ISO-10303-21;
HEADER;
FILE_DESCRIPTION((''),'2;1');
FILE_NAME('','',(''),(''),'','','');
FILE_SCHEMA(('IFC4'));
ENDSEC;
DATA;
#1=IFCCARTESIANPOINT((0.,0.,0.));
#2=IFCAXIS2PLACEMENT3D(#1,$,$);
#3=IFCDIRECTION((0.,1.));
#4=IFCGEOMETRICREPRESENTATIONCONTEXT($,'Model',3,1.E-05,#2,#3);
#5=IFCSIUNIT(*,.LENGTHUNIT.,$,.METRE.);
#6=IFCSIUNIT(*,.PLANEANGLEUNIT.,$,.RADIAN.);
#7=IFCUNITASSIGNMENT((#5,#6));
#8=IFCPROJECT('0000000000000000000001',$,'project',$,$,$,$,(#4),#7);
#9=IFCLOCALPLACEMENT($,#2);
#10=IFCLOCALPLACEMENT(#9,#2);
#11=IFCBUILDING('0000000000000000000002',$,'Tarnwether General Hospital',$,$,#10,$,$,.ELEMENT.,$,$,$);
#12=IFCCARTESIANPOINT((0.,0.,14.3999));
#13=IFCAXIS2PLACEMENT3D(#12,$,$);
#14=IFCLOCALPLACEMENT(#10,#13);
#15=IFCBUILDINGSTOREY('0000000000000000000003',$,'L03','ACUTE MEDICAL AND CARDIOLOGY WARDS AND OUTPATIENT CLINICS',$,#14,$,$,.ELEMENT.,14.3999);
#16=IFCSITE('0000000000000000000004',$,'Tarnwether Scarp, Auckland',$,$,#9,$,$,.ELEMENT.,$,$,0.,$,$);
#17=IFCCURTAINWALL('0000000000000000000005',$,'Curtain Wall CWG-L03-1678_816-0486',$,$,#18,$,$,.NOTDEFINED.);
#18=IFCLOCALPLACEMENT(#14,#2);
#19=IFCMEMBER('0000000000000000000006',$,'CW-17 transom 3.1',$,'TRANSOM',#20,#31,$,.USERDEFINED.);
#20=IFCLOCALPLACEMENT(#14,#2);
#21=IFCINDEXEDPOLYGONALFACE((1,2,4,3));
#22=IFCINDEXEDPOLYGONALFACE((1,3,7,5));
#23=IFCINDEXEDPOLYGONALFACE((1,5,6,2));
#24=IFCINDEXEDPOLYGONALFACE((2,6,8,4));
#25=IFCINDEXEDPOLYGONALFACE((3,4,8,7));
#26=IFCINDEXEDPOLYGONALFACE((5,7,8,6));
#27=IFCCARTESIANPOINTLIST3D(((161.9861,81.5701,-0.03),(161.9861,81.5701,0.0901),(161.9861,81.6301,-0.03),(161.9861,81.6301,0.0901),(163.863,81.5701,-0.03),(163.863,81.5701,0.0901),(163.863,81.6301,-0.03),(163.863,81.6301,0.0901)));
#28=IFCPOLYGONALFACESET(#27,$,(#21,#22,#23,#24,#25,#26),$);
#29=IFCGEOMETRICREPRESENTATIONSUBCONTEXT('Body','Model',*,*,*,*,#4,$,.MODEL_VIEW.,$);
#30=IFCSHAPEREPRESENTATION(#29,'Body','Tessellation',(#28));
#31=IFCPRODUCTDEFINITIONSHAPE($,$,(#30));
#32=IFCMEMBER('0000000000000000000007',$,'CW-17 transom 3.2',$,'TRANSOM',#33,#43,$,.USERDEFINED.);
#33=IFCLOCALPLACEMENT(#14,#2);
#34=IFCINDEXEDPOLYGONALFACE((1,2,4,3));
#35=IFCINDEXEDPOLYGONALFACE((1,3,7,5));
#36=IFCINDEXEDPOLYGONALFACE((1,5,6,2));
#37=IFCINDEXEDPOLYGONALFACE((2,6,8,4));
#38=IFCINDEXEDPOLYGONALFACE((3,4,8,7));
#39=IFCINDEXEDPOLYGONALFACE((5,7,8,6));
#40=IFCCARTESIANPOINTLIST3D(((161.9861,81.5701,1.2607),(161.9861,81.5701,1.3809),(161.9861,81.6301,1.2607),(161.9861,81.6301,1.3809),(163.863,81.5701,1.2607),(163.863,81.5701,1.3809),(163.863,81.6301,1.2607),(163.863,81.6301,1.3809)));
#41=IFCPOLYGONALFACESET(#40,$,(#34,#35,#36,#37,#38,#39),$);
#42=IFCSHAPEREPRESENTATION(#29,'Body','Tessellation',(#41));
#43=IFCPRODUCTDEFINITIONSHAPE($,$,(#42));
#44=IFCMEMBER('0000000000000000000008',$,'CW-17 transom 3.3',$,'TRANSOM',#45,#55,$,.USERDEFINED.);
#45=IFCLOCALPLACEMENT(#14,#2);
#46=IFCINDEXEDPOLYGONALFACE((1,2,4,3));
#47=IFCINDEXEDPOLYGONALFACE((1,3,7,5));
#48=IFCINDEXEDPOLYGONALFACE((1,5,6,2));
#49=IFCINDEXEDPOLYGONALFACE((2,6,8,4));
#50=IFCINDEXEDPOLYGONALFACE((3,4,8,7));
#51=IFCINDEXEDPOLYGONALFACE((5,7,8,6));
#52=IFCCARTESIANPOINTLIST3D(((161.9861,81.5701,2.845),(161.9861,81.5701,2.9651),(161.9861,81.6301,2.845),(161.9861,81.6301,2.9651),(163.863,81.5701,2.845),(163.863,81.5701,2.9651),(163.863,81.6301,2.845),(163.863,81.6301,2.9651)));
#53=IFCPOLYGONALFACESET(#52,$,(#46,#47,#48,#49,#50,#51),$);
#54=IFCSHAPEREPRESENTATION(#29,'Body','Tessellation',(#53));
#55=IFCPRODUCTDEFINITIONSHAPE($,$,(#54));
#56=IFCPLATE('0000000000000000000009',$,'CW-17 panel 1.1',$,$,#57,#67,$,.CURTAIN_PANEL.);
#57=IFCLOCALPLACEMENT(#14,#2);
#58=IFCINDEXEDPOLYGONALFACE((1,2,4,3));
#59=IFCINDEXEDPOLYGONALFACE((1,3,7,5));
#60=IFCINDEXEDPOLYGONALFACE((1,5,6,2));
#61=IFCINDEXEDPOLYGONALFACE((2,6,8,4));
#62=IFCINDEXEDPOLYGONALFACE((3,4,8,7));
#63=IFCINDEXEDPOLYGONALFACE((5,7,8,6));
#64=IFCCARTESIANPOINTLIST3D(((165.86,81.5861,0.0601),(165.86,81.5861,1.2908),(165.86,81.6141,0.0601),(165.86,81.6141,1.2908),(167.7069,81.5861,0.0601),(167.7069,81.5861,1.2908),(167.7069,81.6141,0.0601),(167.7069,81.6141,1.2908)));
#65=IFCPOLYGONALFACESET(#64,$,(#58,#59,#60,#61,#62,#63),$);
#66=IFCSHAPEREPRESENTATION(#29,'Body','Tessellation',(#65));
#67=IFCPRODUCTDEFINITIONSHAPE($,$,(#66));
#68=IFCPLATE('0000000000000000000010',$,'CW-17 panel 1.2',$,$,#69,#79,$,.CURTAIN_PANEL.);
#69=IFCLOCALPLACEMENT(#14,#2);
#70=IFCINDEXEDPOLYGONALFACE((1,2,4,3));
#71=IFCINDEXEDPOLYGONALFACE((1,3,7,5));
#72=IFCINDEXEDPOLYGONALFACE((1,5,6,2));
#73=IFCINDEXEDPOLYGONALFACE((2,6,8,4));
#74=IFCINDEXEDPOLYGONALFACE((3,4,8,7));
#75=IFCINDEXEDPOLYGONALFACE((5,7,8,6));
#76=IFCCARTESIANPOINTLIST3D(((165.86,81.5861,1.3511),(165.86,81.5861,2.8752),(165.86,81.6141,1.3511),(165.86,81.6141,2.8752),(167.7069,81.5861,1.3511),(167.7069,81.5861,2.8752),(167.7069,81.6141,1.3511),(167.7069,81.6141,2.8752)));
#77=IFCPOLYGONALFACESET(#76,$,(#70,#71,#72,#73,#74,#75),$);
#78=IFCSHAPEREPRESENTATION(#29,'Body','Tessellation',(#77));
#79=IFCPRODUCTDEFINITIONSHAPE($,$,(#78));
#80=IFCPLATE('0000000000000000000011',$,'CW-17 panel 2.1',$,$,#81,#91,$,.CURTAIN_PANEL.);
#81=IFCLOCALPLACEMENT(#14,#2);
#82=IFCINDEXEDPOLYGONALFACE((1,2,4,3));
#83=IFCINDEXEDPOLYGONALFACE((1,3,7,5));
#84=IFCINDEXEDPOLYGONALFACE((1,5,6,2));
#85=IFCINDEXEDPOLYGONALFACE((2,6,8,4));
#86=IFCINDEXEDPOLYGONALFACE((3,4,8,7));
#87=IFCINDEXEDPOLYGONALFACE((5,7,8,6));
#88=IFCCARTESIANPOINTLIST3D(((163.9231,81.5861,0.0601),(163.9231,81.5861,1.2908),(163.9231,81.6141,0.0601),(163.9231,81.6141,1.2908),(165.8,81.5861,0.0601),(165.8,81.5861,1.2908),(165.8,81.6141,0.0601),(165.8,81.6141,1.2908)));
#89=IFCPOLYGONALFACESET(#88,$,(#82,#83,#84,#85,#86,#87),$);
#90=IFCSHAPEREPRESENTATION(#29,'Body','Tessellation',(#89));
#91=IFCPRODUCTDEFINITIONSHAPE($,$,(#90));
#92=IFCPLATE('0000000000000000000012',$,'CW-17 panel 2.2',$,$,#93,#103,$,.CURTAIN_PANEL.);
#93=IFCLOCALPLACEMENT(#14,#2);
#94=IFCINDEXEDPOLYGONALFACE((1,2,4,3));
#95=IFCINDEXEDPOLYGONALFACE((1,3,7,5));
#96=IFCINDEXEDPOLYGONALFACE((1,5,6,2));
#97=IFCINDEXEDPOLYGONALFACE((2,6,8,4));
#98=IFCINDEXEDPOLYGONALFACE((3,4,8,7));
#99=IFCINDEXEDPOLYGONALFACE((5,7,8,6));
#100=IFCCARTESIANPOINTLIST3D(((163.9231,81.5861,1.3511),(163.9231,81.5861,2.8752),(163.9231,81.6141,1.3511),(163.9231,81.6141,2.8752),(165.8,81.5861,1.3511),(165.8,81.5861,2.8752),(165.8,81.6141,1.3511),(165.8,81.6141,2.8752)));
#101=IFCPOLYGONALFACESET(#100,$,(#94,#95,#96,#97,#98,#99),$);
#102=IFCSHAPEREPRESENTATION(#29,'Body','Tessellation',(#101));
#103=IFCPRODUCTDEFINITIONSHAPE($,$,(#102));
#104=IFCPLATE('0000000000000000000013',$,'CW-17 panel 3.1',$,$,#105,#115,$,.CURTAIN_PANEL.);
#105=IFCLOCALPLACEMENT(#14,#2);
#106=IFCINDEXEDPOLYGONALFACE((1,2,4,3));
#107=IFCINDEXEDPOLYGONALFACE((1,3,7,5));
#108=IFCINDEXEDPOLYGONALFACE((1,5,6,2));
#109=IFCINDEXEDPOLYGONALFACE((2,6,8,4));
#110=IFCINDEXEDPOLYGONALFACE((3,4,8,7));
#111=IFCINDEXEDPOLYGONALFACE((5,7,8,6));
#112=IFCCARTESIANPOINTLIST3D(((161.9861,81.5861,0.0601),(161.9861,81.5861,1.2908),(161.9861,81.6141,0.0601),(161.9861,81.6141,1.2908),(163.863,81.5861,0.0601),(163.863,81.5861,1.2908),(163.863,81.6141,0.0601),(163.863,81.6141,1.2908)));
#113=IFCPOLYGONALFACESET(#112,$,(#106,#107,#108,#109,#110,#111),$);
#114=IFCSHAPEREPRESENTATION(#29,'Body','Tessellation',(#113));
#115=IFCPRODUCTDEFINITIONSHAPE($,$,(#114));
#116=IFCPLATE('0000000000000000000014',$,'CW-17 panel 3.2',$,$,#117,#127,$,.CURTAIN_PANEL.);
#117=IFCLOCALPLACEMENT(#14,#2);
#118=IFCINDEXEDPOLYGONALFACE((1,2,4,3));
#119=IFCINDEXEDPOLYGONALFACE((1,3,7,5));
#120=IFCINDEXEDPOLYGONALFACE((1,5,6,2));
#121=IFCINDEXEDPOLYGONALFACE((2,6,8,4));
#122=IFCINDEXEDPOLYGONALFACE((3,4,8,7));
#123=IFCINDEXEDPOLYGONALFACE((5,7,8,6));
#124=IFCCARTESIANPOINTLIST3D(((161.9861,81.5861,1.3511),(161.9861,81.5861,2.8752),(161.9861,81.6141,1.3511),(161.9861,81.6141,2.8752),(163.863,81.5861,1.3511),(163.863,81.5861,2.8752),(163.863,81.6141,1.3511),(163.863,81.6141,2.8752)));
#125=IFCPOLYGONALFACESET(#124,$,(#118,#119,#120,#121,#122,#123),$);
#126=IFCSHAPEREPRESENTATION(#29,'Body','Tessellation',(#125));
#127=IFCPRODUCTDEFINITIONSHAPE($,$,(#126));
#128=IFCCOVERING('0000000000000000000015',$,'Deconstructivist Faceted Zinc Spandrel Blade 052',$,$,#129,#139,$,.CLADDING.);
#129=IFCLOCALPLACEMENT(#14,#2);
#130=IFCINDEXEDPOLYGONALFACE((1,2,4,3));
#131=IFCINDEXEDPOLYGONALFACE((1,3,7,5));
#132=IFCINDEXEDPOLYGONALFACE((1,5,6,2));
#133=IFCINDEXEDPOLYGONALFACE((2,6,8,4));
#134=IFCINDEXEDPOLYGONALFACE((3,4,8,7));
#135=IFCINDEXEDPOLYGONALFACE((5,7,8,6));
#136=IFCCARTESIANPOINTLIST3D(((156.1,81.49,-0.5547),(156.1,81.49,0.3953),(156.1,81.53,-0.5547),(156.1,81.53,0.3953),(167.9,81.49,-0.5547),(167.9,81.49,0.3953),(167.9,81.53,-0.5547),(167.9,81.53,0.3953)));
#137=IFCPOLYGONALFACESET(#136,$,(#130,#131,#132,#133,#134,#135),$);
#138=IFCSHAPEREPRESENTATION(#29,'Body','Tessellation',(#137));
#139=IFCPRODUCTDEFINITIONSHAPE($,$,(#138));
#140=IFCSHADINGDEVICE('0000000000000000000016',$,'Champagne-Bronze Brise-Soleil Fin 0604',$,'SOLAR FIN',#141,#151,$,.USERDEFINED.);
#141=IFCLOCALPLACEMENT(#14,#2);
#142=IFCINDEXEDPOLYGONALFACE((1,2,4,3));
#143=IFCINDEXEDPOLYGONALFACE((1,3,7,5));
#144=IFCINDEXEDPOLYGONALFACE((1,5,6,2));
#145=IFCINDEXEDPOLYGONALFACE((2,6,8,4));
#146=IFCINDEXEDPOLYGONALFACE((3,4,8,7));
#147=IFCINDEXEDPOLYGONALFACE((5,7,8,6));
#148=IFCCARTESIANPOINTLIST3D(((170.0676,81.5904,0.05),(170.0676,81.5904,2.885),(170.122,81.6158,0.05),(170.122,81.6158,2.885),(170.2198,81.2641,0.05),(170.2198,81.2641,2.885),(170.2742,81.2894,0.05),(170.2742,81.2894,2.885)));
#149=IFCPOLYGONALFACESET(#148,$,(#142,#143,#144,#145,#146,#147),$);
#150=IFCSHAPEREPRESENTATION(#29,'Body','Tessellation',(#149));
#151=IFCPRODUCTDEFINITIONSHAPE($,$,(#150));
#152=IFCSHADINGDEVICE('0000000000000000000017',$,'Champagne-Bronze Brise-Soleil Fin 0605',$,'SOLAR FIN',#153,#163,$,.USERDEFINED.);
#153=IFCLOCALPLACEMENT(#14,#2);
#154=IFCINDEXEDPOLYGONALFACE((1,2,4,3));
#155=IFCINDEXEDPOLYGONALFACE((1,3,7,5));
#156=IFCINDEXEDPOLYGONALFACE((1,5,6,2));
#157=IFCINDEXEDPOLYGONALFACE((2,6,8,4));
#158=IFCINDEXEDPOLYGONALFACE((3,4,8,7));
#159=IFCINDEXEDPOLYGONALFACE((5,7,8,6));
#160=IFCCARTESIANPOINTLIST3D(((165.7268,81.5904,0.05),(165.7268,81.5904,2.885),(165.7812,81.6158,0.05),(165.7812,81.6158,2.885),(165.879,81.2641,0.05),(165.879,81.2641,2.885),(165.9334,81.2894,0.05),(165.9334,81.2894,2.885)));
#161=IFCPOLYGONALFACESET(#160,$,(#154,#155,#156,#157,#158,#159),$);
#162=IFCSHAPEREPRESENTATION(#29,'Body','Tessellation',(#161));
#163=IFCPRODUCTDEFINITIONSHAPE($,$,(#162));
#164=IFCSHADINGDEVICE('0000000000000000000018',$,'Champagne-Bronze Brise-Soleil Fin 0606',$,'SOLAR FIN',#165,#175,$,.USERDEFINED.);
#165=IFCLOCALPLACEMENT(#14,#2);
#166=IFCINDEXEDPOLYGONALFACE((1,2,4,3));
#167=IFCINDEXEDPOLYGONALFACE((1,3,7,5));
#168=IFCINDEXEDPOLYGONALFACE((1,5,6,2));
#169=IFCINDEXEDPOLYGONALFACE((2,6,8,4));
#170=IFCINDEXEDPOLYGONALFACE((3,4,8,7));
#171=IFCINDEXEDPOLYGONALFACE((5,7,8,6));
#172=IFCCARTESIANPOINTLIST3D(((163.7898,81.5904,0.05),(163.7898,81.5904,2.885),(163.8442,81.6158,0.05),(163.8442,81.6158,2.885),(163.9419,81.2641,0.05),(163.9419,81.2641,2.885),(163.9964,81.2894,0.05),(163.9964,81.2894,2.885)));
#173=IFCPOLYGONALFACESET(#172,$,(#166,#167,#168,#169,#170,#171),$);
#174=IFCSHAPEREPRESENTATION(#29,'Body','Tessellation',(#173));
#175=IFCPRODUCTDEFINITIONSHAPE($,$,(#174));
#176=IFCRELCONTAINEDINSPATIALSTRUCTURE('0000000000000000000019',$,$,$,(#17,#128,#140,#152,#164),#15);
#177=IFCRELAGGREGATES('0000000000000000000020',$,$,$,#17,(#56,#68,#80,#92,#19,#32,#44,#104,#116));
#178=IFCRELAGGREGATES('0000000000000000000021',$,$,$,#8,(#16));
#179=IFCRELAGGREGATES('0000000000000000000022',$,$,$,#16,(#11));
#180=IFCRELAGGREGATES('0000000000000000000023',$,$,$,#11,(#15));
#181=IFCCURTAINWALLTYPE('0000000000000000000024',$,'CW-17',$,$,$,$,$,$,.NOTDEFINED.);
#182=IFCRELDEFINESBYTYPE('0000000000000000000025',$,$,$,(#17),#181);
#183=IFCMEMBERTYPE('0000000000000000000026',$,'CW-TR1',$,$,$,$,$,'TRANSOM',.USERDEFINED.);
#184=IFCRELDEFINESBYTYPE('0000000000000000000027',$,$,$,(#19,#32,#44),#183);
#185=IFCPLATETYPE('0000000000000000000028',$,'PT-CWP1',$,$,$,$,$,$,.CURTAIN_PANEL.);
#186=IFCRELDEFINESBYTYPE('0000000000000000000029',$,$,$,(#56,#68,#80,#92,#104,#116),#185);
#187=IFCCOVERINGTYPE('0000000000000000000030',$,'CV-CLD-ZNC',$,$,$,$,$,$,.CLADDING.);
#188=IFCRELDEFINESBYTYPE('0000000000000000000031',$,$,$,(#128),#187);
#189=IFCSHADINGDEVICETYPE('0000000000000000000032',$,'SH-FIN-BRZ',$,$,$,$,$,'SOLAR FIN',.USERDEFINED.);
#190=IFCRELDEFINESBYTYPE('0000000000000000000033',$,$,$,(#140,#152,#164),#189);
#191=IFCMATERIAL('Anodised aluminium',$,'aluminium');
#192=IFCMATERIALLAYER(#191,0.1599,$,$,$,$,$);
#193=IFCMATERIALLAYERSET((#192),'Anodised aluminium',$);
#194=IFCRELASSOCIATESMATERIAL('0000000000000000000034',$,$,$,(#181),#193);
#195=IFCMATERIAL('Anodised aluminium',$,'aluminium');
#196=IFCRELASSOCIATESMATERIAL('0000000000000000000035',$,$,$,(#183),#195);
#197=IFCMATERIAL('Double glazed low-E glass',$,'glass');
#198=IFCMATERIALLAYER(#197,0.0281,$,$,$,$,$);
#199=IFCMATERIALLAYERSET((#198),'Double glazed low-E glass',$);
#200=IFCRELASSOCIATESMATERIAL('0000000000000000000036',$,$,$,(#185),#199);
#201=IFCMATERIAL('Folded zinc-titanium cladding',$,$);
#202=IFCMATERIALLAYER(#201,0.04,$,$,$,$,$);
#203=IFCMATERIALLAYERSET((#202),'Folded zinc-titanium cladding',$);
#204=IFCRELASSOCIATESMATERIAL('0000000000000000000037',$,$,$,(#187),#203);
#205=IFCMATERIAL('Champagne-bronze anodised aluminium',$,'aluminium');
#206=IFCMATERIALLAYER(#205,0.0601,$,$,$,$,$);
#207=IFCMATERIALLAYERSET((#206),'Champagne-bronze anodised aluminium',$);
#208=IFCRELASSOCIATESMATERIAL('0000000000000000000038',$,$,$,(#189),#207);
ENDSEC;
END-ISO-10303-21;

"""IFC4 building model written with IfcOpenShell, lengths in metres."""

from ifc_helpers import new_model, si_unit, direction, frame, origin, origin_2d, place, context, subcontext, project, spatial, rectangle, extrude, material, layer, layer_set, material_profile, profile_set, type_object, element, aggregate, save


model = new_model("IFC4")

# Units and contexts
model_context = context("Model", 3, precision=1e-05, world=origin(), true_north=direction((0.0, 1.0)))
body_context = subcontext(model_context, "Body", "Model", "MODEL_VIEW")
ifc_project = project(units=[si_unit("LENGTHUNIT", "METRE"), si_unit("PLANEANGLEUNIT", "RADIAN")], contexts=[model_context])

# Site, building, storey
site_placement = place(None, origin())
site = spatial("IfcSite", under=ifc_project, at=site_placement, Name="Tarnwether Scarp, Auckland", CompositionType="ELEMENT", RefElevation=0.0)
building_placement = place(site_placement, origin())
building = spatial("IfcBuilding", under=site, at=building_placement, Name="Tarnwether General Hospital", CompositionType="ELEMENT")
storey_placement = place(building_placement, frame((0.0, 0.0, 14.3999)))
storey = spatial("IfcBuildingStorey", under=building, at=storey_placement, Name="L03", Description="ACUTE MEDICAL AND CARDIOLOGY WARDS AND OUTPATIENT CLINICS", CompositionType="ELEMENT", Elevation=14.3999)

# Shared definitions
ifc_material_1 = material(Name="Anodised aluminium", Category="aluminium")
ifc_layer_1 = layer(ifc_material_1, 0.1599)
ifc_layer_set_1 = layer_set([ifc_layer_1], Name="Anodised aluminium")
curtain_wall_type = type_object("IfcCurtainWallType", Name="CW-17", PredefinedType="NOTDEFINED", material=ifc_layer_set_1)

# Curtain wall, members, plates
curtain_wall_1_placement = place(storey_placement, origin())
curtain_wall_1 = element("IfcCurtainWall", 1, at=curtain_wall_1_placement, inside=storey, type_object=curtain_wall_type, Name="Curtain Wall CWG-L03-1678_816-0486", PredefinedType="NOTDEFINED")
ifc_material_2 = material(Name="Anodised aluminium", Category="aluminium")
ifc_material_profile_1 = material_profile(ifc_material_2, rectangle(XDim=0.0601, YDim=0.1201, at=origin_2d()), Name="ALU-TRN-60x120")
ifc_profile_set_1 = profile_set([ifc_material_profile_1], Name="Anodised aluminium")
member_type_1 = type_object("IfcMemberType", Name="CW-TR1", ElementType="TRANSOM", PredefinedType="USERDEFINED", material=ifc_profile_set_1)
member_1_placement = place(storey_placement, frame((163.863, 81.6001, 0.03), z_axis=(-1.0, 0.0, 0.0), x_axis=(0.0, -1.0, 0.0)))
member_1 = element("IfcMember", 2, at=member_1_placement, type_object=member_type_1, Name="CW-17 transom 3.1", ObjectType="TRANSOM", PredefinedType="USERDEFINED", context=body_context, shape_type="SweptSolid", body=[
    extrude(rectangle(XDim=0.0601, YDim=0.1201, at=origin_2d()), origin(), (0.0, 0.0, 1.0), 1.877),
])
member_2_placement = place(storey_placement, frame((163.863, 81.6001, 1.3208), z_axis=(-1.0, 0.0, 0.0), x_axis=(0.0, -1.0, 0.0)))
member_2 = element("IfcMember", 3, at=member_2_placement, type_object=member_type_1, Name="CW-17 transom 3.2", ObjectType="TRANSOM", PredefinedType="USERDEFINED", context=body_context, shape_type="SweptSolid", body=[
    extrude(rectangle(XDim=0.0601, YDim=0.1201, at=origin_2d()), origin(), (0.0, 0.0, 1.0), 1.877),
])
member_3_placement = place(storey_placement, frame((163.863, 81.6001, 2.905), z_axis=(-1.0, 0.0, 0.0), x_axis=(0.0, -1.0, 0.0)))
member_3 = element("IfcMember", 4, at=member_3_placement, type_object=member_type_1, Name="CW-17 transom 3.3", ObjectType="TRANSOM", PredefinedType="USERDEFINED", context=body_context, shape_type="SweptSolid", body=[
    extrude(rectangle(XDim=0.0601, YDim=0.1201, at=origin_2d()), origin(), (0.0, 0.0, 1.0), 1.877),
])
ifc_material_3 = material(Name="Double glazed low-E glass", Category="glass")
ifc_layer_2 = layer(ifc_material_3, 0.0281)
ifc_layer_set_2 = layer_set([ifc_layer_2], Name="Double glazed low-E glass")
plate_type = type_object("IfcPlateType", Name="PT-CWP1", PredefinedType="CURTAIN_PANEL", material=ifc_layer_set_2)
plate_1_placement = place(storey_placement, frame((166.7834, 81.6001, 0.0601), z_axis=(0.0, 0.0, 1.0), x_axis=(-1.0, 0.0, 0.0)))
plate_1 = element("IfcPlate", 5, at=plate_1_placement, type_object=plate_type, Name="CW-17 panel 1.1", PredefinedType="CURTAIN_PANEL", context=body_context, shape_type="SweptSolid", body=[
    extrude(rectangle(XDim=1.8469, YDim=0.0281, at=origin_2d()), origin(), (0.0, 0.0, 1.0), 1.2307),
])
plate_2_placement = place(storey_placement, frame((166.7834, 81.6001, 1.3511), z_axis=(0.0, 0.0, 1.0), x_axis=(-1.0, 0.0, 0.0)))
plate_2 = element("IfcPlate", 6, at=plate_2_placement, type_object=plate_type, Name="CW-17 panel 1.2", PredefinedType="CURTAIN_PANEL", context=body_context, shape_type="SweptSolid", body=[
    extrude(rectangle(XDim=1.8469, YDim=0.0281, at=origin_2d()), origin(), (0.0, 0.0, 1.0), 1.5242),
])
plate_3_placement = place(storey_placement, frame((164.8616, 81.6001, 0.0601), z_axis=(0.0, 0.0, 1.0), x_axis=(-1.0, 0.0, 0.0)))
plate_3 = element("IfcPlate", 7, at=plate_3_placement, type_object=plate_type, Name="CW-17 panel 2.1", PredefinedType="CURTAIN_PANEL", context=body_context, shape_type="SweptSolid", body=[
    extrude(rectangle(XDim=1.877, YDim=0.0281, at=origin_2d()), origin(), (0.0, 0.0, 1.0), 1.2307),
])
plate_4_placement = place(storey_placement, frame((164.8616, 81.6001, 1.3511), z_axis=(0.0, 0.0, 1.0), x_axis=(-1.0, 0.0, 0.0)))
plate_4 = element("IfcPlate", 8, at=plate_4_placement, type_object=plate_type, Name="CW-17 panel 2.2", PredefinedType="CURTAIN_PANEL", context=body_context, shape_type="SweptSolid", body=[
    extrude(rectangle(XDim=1.877, YDim=0.0281, at=origin_2d()), origin(), (0.0, 0.0, 1.0), 1.5242),
])
plate_5_placement = place(storey_placement, frame((162.9246, 81.6001, 0.0601), z_axis=(0.0, 0.0, 1.0), x_axis=(-1.0, 0.0, 0.0)))
plate_5 = element("IfcPlate", 9, at=plate_5_placement, type_object=plate_type, Name="CW-17 panel 3.1", PredefinedType="CURTAIN_PANEL", context=body_context, shape_type="SweptSolid", body=[
    extrude(rectangle(XDim=1.877, YDim=0.0281, at=origin_2d()), origin(), (0.0, 0.0, 1.0), 1.2307),
])
plate_6_placement = place(storey_placement, frame((162.9246, 81.6001, 1.3511), z_axis=(0.0, 0.0, 1.0), x_axis=(-1.0, 0.0, 0.0)))
plate_6 = element("IfcPlate", 10, at=plate_6_placement, type_object=plate_type, Name="CW-17 panel 3.2", PredefinedType="CURTAIN_PANEL", context=body_context, shape_type="SweptSolid", body=[
    extrude(rectangle(XDim=1.877, YDim=0.0281, at=origin_2d()), origin(), (0.0, 0.0, 1.0), 1.5242),
])
aggregate(curtain_wall_1, [plate_1, plate_2, plate_3, plate_4, member_1, member_2, member_3, plate_5, plate_6])

# Covering
ifc_material_4 = material(Name="Folded zinc-titanium cladding")
ifc_layer_3 = layer(ifc_material_4, 0.04)
ifc_layer_set_3 = layer_set([ifc_layer_3], Name="Folded zinc-titanium cladding")
covering_type = type_object("IfcCoveringType", Name="CV-CLD-ZNC", PredefinedType="CLADDING", material=ifc_layer_set_3)
covering_placement = place(storey_placement, frame((162.0, 81.51, -0.5547), z_axis=(0.0, 0.0, 1.0), x_axis=(1.0, 0.0, 0.0)))
element("IfcCovering", 11, at=covering_placement, inside=storey, type_object=covering_type, Name="Deconstructivist Faceted Zinc Spandrel Blade 052", PredefinedType="CLADDING", context=body_context, shape_type="SweptSolid", body=[
    extrude(rectangle(XDim=11.8, YDim=0.04, at=origin_2d()), origin(), (0.0, 0.0, 1.0), 0.95),
])

# Shading devices
ifc_material_5 = material(Name="Champagne-bronze anodised aluminium", Category="aluminium")
ifc_layer_4 = layer(ifc_material_5, 0.0601)
ifc_layer_set_4 = layer_set([ifc_layer_4], Name="Champagne-bronze anodised aluminium")
shading_device_type = type_object("IfcShadingDeviceType", Name="SH-FIN-BRZ", ElementType="SOLAR FIN", PredefinedType="USERDEFINED", material=ifc_layer_set_4)
for number, where, z_axis, x_axis, name in (
    (12, (170.1709, 81.4399, 0.05), (0.0, 0.0, 1.0), (-0.906308, -0.422618, 0.0), "Champagne-Bronze Brise-Soleil Fin 0604"),
    (13, (165.8301, 81.4399, 0.05), (0.0, 0.0, 1.0), (-0.906308, -0.422618, 0.0), "Champagne-Bronze Brise-Soleil Fin 0605"),
    (14, (163.8931, 81.4399, 0.05), (0.0, 0.0, 1.0), (-0.906308, -0.422618, 0.0), "Champagne-Bronze Brise-Soleil Fin 0606"),
):
    element("IfcShadingDevice", number, at=place(storey_placement, frame(where, z_axis=z_axis, x_axis=x_axis)), inside=storey, type_object=shading_device_type, Name=name, ObjectType="SOLAR FIN", PredefinedType="USERDEFINED", context=body_context, shape_type="SweptSolid", body=[
        extrude(rectangle(XDim=0.0601, YDim=0.3601, at=origin_2d()), origin(), (0.0, 0.0, 1.0), 2.835),
    ])

save(model, "model.ifc")
